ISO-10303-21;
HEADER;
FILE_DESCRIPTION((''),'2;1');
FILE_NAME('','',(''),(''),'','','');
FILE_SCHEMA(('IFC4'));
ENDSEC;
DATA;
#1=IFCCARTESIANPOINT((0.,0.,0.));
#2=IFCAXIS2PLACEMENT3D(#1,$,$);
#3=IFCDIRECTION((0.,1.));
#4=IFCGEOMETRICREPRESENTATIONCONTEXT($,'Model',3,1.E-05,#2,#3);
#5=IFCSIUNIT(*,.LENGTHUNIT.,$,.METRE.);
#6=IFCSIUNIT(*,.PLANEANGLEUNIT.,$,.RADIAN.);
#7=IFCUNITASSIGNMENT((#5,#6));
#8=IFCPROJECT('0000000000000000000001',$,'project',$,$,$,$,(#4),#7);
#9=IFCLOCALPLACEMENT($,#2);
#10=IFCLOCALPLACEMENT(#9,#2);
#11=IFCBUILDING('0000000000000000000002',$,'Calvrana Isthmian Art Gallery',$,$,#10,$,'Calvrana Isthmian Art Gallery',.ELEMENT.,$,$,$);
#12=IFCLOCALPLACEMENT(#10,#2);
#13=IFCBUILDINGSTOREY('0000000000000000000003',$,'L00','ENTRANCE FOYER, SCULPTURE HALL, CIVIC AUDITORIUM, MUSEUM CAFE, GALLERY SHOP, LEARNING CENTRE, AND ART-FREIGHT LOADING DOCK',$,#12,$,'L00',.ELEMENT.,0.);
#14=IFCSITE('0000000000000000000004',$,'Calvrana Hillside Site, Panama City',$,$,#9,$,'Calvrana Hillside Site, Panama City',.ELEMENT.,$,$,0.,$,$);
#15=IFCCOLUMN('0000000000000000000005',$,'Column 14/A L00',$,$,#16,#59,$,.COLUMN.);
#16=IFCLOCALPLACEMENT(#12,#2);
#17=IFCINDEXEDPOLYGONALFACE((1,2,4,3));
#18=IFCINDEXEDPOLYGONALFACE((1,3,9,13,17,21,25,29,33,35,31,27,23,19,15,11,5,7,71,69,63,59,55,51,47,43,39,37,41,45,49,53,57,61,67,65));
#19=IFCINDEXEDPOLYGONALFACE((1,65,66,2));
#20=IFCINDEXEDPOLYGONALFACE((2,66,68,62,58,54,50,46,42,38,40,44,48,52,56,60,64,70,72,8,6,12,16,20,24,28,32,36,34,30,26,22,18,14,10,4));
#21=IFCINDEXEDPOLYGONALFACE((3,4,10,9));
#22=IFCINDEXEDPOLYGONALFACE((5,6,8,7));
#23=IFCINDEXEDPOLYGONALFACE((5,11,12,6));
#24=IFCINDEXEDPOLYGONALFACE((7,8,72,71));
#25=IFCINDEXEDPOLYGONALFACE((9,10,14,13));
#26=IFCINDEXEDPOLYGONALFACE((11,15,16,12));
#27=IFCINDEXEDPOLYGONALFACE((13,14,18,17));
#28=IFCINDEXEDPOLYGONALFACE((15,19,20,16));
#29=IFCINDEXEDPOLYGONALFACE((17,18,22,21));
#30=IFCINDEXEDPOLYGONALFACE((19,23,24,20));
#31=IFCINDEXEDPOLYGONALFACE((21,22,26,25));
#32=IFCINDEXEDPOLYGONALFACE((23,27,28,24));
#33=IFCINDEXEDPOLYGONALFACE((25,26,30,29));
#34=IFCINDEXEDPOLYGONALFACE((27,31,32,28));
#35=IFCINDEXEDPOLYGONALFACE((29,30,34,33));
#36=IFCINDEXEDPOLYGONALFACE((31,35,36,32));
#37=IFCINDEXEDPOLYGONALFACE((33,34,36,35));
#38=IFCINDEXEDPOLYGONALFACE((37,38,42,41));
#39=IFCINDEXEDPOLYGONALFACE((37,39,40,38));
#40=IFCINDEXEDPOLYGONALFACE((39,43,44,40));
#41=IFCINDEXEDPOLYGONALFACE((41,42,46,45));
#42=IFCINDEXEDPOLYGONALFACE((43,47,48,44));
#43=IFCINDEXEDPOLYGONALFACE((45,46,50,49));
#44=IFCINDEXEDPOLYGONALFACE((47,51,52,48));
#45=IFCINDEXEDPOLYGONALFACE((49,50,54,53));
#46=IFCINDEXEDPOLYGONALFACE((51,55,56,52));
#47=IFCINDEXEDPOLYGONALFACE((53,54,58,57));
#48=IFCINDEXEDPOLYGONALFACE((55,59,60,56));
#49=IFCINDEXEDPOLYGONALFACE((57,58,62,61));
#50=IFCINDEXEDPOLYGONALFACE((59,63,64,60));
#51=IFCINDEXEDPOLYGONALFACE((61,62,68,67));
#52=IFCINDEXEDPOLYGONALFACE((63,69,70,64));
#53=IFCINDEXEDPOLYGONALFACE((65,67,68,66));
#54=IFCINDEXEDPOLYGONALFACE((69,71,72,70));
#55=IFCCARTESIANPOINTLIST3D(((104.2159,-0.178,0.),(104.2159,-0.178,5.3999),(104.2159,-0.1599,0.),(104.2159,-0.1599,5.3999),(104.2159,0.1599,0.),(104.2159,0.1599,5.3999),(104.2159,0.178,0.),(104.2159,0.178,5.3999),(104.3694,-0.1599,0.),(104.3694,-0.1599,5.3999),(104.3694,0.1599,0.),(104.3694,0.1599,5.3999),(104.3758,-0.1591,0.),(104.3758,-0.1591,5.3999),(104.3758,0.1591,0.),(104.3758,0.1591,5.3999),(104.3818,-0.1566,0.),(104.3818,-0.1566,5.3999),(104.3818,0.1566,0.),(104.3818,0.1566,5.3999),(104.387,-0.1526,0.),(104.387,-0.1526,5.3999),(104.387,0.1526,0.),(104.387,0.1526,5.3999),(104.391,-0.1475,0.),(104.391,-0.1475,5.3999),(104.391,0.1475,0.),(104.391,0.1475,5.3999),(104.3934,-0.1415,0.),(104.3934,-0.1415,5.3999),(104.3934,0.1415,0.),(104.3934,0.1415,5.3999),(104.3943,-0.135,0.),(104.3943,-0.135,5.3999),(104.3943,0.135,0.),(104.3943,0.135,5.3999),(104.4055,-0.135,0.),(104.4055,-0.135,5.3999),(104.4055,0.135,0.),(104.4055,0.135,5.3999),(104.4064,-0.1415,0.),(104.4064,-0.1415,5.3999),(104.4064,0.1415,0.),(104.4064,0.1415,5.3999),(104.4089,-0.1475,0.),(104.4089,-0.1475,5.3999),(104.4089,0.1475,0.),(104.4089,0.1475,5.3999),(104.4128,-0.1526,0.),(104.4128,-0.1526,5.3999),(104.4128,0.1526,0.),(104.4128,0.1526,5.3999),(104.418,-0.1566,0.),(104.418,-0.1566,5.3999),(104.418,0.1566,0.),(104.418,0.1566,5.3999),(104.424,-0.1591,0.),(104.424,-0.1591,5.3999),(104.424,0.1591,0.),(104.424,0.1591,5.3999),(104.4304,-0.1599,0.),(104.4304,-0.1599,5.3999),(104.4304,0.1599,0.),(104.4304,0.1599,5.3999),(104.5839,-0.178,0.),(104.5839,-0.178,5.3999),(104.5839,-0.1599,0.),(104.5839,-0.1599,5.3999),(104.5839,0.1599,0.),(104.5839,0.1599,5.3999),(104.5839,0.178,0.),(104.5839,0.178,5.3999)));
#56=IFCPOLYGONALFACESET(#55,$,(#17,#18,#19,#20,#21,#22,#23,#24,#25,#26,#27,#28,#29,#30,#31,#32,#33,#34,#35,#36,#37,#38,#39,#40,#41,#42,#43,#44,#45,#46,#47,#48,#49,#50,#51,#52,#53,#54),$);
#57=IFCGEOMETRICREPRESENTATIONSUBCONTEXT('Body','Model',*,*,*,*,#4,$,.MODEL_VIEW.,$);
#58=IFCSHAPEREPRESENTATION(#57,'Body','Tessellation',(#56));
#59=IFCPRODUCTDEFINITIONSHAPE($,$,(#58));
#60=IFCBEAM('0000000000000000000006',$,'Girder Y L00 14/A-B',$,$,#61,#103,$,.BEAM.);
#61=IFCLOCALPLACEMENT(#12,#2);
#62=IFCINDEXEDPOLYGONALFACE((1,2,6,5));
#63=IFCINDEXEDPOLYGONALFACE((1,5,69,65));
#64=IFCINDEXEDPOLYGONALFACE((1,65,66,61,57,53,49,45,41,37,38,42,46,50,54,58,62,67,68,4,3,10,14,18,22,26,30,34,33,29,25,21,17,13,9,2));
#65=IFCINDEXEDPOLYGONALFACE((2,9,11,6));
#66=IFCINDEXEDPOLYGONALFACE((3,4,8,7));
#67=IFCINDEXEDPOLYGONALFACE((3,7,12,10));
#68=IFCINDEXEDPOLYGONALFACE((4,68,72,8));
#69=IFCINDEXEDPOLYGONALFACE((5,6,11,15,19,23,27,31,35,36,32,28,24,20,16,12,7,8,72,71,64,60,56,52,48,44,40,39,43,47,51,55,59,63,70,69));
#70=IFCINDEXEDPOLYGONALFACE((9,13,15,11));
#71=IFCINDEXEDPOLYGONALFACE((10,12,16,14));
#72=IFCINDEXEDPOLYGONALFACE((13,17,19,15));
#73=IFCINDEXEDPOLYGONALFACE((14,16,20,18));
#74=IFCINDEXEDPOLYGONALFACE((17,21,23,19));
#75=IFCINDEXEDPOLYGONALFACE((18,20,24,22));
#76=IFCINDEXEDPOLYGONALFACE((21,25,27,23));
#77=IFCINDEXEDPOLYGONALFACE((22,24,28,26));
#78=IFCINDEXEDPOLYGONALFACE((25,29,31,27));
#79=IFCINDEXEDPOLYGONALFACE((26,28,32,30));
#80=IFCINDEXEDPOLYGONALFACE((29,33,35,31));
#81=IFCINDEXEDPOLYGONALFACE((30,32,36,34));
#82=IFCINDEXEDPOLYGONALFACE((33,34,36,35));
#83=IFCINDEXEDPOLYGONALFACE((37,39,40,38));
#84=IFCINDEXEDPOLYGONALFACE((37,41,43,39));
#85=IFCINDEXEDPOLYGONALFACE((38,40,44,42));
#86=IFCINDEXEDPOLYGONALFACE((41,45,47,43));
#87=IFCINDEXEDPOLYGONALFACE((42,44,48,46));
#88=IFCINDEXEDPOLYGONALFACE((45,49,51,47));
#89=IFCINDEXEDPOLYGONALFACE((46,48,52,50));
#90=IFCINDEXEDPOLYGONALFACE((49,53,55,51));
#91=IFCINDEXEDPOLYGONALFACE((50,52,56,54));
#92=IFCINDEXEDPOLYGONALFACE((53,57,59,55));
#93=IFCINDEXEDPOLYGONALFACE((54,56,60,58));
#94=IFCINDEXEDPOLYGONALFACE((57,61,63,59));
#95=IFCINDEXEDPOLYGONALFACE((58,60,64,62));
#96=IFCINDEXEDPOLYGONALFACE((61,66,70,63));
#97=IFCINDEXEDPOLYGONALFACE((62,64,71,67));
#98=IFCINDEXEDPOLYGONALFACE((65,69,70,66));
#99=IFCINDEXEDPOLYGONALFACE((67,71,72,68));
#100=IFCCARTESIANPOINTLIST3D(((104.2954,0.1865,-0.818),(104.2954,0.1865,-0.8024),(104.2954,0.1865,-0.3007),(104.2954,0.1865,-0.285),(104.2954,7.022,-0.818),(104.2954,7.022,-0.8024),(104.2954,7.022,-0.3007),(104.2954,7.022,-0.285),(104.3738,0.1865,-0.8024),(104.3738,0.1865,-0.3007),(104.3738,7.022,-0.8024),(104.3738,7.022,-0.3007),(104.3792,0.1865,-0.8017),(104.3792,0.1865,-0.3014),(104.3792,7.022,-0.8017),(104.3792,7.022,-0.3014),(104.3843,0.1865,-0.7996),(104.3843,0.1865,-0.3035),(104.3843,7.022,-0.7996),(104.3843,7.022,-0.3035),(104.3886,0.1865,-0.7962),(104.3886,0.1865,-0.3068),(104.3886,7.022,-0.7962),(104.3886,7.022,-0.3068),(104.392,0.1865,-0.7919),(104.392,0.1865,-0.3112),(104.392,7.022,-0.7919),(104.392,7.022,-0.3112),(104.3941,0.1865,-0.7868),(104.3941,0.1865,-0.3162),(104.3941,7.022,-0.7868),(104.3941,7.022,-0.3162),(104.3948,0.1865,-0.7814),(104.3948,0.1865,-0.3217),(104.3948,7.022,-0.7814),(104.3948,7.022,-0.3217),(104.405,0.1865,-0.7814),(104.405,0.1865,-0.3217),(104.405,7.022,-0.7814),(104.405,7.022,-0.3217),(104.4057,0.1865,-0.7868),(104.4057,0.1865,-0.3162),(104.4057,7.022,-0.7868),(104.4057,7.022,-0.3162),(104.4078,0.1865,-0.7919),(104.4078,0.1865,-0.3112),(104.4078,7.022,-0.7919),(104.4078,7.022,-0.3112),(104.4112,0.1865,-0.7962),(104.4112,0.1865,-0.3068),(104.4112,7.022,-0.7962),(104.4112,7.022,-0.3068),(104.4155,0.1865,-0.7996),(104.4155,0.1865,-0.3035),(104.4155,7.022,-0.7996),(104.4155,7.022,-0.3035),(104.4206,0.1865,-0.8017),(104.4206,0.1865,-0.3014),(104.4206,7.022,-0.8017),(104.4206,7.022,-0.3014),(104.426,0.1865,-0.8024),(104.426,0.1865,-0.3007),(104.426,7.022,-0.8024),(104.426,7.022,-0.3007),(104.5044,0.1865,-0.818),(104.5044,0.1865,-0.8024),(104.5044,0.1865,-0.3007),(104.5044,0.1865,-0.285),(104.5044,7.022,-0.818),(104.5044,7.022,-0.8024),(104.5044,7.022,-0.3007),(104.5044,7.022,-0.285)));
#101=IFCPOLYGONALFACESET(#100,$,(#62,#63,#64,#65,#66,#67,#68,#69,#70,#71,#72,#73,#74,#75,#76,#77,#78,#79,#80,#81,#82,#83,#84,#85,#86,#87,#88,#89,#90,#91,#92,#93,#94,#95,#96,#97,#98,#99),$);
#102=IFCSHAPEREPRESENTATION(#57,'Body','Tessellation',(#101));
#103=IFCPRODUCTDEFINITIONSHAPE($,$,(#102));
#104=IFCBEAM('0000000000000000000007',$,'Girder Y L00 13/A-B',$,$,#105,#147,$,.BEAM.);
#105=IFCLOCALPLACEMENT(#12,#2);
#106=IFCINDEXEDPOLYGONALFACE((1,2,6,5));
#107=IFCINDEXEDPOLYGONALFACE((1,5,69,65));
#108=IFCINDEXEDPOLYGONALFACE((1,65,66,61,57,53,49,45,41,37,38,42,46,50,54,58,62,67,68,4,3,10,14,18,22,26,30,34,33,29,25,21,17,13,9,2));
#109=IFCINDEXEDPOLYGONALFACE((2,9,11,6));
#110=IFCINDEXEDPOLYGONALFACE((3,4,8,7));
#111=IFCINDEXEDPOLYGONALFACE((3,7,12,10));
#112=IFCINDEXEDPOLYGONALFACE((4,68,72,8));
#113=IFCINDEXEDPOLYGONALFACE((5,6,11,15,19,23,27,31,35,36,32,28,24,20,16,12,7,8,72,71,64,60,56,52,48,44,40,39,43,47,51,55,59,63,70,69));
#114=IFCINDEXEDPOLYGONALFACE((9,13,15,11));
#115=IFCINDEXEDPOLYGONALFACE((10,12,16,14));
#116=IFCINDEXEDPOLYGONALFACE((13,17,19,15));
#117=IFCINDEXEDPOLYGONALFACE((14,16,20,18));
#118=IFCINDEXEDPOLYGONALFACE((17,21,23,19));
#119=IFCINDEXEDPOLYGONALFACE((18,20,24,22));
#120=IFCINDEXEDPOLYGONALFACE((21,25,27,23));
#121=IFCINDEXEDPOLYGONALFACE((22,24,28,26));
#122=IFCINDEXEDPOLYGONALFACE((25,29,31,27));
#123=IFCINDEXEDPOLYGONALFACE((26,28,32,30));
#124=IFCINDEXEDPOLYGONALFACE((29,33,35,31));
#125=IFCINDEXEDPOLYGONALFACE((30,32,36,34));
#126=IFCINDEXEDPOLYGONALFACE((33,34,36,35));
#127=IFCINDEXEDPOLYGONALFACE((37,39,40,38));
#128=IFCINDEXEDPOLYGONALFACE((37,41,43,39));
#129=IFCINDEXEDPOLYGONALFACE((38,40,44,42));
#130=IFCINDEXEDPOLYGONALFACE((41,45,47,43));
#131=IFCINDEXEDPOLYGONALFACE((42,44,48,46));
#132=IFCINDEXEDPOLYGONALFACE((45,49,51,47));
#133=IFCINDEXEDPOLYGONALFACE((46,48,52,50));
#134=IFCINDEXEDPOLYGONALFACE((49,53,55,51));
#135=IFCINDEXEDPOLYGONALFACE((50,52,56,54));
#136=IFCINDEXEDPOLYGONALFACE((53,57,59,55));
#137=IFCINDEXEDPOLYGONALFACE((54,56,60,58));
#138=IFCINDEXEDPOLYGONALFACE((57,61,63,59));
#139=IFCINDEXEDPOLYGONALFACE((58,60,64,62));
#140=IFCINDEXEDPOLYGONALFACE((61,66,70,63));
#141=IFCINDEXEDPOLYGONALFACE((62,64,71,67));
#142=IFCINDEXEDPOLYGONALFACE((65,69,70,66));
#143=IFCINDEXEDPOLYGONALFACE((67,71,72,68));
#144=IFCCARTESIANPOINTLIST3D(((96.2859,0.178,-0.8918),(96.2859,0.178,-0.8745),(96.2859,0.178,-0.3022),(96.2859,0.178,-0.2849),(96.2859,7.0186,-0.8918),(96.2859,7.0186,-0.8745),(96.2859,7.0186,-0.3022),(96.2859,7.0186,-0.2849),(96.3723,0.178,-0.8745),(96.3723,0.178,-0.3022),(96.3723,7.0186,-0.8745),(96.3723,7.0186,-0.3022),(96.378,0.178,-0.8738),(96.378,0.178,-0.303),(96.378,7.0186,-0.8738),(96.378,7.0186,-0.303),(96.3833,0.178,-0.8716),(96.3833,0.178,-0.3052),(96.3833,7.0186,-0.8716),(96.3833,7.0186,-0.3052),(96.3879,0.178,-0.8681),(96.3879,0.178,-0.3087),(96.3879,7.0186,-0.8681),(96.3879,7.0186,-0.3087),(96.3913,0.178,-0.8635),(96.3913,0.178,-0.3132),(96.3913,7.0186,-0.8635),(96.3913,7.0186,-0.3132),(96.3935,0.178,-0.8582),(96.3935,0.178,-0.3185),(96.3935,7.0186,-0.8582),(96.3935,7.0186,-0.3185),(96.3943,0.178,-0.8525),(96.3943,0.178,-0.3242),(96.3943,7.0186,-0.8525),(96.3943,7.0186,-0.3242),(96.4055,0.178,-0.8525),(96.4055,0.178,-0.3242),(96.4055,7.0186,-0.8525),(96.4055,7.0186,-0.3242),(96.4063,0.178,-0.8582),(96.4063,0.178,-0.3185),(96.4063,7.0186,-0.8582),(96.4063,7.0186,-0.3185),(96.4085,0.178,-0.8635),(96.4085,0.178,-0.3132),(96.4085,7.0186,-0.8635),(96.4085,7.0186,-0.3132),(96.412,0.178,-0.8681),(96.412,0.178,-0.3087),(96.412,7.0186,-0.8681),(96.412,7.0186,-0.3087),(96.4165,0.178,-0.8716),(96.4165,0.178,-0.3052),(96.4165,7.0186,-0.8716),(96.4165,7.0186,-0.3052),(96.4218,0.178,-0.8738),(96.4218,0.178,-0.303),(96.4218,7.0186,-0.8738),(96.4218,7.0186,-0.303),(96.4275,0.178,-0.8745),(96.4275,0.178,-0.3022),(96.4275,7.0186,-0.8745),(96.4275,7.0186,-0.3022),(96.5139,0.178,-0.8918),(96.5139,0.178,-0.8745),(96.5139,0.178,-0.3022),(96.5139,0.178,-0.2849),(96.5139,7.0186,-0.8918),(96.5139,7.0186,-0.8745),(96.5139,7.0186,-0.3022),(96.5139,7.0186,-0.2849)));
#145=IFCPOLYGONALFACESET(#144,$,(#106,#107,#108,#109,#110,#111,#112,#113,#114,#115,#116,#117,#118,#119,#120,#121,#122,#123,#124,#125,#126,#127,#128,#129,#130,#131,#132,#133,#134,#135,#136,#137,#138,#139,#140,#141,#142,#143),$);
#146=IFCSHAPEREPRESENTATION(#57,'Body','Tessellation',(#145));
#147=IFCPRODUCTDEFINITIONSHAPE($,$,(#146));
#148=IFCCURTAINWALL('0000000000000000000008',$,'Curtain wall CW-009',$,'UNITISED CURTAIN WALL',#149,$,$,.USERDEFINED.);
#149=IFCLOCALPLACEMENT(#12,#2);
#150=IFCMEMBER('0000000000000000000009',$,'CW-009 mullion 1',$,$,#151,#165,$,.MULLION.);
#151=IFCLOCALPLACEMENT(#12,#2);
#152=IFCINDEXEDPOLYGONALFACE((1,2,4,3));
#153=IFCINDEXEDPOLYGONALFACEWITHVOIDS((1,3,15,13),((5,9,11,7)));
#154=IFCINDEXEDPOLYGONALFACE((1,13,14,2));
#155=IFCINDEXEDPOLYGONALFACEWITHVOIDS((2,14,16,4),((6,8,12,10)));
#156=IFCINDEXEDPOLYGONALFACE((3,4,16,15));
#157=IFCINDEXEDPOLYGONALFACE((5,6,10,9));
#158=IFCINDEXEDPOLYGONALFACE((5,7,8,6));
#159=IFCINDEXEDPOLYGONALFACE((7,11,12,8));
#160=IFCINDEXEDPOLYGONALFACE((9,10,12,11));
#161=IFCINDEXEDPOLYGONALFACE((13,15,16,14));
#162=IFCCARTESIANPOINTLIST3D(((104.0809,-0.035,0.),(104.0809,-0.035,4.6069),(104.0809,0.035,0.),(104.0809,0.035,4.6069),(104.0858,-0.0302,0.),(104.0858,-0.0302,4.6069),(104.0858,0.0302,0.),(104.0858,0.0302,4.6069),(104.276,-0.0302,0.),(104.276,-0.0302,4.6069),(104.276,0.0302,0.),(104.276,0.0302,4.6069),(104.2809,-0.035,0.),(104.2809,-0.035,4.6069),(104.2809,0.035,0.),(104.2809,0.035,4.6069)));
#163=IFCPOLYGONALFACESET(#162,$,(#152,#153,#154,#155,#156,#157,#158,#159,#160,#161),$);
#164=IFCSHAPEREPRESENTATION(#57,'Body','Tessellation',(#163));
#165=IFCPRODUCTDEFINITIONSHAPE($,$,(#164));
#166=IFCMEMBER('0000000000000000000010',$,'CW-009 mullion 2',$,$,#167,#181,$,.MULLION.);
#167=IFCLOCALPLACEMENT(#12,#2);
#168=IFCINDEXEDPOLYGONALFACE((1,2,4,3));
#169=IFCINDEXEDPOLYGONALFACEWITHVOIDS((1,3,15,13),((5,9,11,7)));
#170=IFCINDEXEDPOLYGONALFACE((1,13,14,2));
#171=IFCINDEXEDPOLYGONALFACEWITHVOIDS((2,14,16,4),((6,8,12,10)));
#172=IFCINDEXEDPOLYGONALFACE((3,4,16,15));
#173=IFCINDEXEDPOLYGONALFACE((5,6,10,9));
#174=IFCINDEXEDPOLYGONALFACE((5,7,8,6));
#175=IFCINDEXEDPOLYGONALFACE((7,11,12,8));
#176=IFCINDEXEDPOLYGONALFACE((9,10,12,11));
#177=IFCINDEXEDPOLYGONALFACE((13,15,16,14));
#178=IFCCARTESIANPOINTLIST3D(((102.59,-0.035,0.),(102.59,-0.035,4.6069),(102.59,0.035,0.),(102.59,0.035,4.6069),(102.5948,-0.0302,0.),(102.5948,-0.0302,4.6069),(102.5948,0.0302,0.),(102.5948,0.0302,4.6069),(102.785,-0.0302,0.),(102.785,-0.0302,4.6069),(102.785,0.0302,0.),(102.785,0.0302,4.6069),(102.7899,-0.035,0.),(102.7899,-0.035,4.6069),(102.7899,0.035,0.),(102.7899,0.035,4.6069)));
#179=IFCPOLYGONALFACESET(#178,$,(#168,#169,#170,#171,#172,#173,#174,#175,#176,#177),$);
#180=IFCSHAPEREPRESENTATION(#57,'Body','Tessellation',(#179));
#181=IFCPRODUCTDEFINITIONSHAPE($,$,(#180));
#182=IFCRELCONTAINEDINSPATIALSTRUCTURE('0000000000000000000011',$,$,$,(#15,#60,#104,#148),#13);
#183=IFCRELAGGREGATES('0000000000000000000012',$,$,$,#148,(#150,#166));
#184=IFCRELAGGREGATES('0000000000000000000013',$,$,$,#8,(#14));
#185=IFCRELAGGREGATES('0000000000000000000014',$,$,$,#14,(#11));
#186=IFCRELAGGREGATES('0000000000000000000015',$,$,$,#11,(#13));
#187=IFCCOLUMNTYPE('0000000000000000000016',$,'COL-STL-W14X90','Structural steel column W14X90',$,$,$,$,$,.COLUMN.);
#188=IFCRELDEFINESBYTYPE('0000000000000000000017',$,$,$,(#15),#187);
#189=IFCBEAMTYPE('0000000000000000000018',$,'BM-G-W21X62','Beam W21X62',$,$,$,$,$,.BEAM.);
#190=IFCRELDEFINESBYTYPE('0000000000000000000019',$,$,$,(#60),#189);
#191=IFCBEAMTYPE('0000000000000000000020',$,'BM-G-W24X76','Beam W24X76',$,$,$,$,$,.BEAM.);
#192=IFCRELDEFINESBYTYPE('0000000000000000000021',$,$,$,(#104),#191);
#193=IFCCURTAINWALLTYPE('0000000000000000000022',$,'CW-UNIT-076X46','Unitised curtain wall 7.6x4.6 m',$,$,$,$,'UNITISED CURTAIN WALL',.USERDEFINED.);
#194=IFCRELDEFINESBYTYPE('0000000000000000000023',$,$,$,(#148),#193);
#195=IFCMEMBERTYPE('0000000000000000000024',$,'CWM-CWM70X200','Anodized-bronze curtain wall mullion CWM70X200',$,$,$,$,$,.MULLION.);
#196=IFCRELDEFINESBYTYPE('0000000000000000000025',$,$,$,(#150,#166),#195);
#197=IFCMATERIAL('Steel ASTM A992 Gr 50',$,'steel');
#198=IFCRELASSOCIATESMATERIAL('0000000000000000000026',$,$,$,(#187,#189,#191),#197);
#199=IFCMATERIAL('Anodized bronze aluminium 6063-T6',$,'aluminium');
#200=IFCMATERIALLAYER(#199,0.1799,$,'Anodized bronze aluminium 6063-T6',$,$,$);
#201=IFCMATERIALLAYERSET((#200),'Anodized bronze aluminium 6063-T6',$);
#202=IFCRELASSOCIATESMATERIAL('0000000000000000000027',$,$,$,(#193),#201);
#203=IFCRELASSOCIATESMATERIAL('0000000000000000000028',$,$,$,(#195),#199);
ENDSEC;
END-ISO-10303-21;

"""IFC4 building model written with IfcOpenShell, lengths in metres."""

from ifc_helpers import new_model, si_unit, direction, frame, origin, origin_2d, place, context, subcontext, project, spatial, hollow_rectangle, i_section, extrude, material, layer, layer_set, material_profile, profile_set, type_object, element, aggregate, save


model = new_model("IFC4")

# Units and contexts
model_context = context("Model", 3, precision=1e-05, world=origin(), true_north=direction((0.0, 1.0)))
body_context = subcontext(model_context, "Body", "Model", "MODEL_VIEW")
ifc_project = project(units=[si_unit("LENGTHUNIT", "METRE"), si_unit("PLANEANGLEUNIT", "RADIAN")], contexts=[model_context])

# Site, building, storey
site_placement = place(None, origin())
site = spatial("IfcSite", under=ifc_project, at=site_placement, Name="Calvrana Hillside Site, Panama City", LongName="Calvrana Hillside Site, Panama City", CompositionType="ELEMENT", RefElevation=0.0)
building_placement = place(site_placement, origin())
building = spatial("IfcBuilding", under=site, at=building_placement, Name="Calvrana Isthmian Art Gallery", LongName="Calvrana Isthmian Art Gallery", CompositionType="ELEMENT")
storey_placement = place(building_placement, origin())
storey = spatial("IfcBuildingStorey", under=building, at=storey_placement, Name="L00", Description="ENTRANCE FOYER, SCULPTURE HALL, CIVIC AUDITORIUM, MUSEUM CAFE, GALLERY SHOP, LEARNING CENTRE, AND ART-FREIGHT LOADING DOCK", LongName="L00", CompositionType="ELEMENT", Elevation=0.0)

# Column
ifc_material_1 = material(Name="Steel ASTM A992 Gr 50", Category="steel")
ifc_material_profile_1 = material_profile(ifc_material_1, i_section(OverallWidth=0.3679, OverallDepth=0.356, WebThickness=0.0112, FlangeThickness=0.0181, FilletRadius=0.0249, at=origin_2d()), Name="W14X90")
ifc_profile_set_1 = profile_set([ifc_material_profile_1], Name="Steel ASTM A992 Gr 50")
column_type = type_object("IfcColumnType", Name="COL-STL-W14X90", Description="Structural steel column W14X90", PredefinedType="COLUMN", material=ifc_profile_set_1)
column_placement = place(storey_placement, frame((104.3999, 0.0, 0.0), z_axis=(0.0, 0.0, 1.0), x_axis=(1.0, 0.0, 0.0)))
element("IfcColumn", 1, at=column_placement, inside=storey, type_object=column_type, Name="Column 14/A L00", PredefinedType="COLUMN", context=body_context, shape_type="SweptSolid", body=[
    extrude(i_section(OverallWidth=0.3679, OverallDepth=0.356, WebThickness=0.0112, FlangeThickness=0.0181, FilletRadius=0.0249, at=origin_2d()), origin(), (0.0, 0.0, 1.0), 5.3999),
])

# Beams
ifc_material_profile_2 = material_profile(ifc_material_1, i_section(OverallWidth=0.209, OverallDepth=0.533, WebThickness=0.0103, FlangeThickness=0.0156, FilletRadius=0.021, at=origin_2d()), Name="W21X62")
ifc_profile_set_2 = profile_set([ifc_material_profile_2], Name="Steel ASTM A992 Gr 50")
beam_type_1 = type_object("IfcBeamType", Name="BM-G-W21X62", Description="Beam W21X62", PredefinedType="BEAM", material=ifc_profile_set_2)
beam_1_placement = place(storey_placement, frame((104.3999, 0.1865, -0.5515), z_axis=(0.0, 1.0, 0.0), x_axis=(-1.0, 0.0, 0.0)))
element("IfcBeam", 2, at=beam_1_placement, inside=storey, type_object=beam_type_1, Name="Girder Y L00 14/A-B", PredefinedType="BEAM", context=body_context, shape_type="SweptSolid", body=[
    extrude(i_section(OverallWidth=0.209, OverallDepth=0.533, WebThickness=0.0103, FlangeThickness=0.0156, FilletRadius=0.021, at=origin_2d()), origin(), (0.0, 0.0, 1.0), 6.8354),
])
ifc_material_profile_3 = material_profile(ifc_material_1, i_section(OverallWidth=0.228, OverallDepth=0.6069, WebThickness=0.0112, FlangeThickness=0.0173, FilletRadius=0.022, at=origin_2d()), Name="W24X76")
ifc_profile_set_3 = profile_set([ifc_material_profile_3], Name="Steel ASTM A992 Gr 50")
beam_type_2 = type_object("IfcBeamType", Name="BM-G-W24X76", Description="Beam W24X76", PredefinedType="BEAM", material=ifc_profile_set_3)
beam_2_placement = place(storey_placement, frame((96.3999, 0.178, -0.5884), z_axis=(0.0, 1.0, 0.0), x_axis=(-1.0, 0.0, 0.0)))
element("IfcBeam", 3, at=beam_2_placement, inside=storey, type_object=beam_type_2, Name="Girder Y L00 13/A-B", PredefinedType="BEAM", context=body_context, shape_type="SweptSolid", body=[
    extrude(i_section(OverallWidth=0.228, OverallDepth=0.6069, WebThickness=0.0112, FlangeThickness=0.0173, FilletRadius=0.022, at=origin_2d()), origin(), (0.0, 0.0, 1.0), 6.8406),
])

# Curtain wall, members
ifc_material_2 = material(Name="Anodized bronze aluminium 6063-T6", Category="aluminium")
ifc_layer_1 = layer(ifc_material_2, 0.1799, Name="Anodized bronze aluminium 6063-T6")
ifc_layer_set_1 = layer_set([ifc_layer_1], Name="Anodized bronze aluminium 6063-T6")
curtain_wall_type = type_object("IfcCurtainWallType", Name="CW-UNIT-076X46", Description="Unitised curtain wall 7.6x4.6 m", ElementType="UNITISED CURTAIN WALL", PredefinedType="USERDEFINED", material=ifc_layer_set_1)
curtain_wall_placement = place(storey_placement, origin())
curtain_wall = element("IfcCurtainWall", 4, at=curtain_wall_placement, inside=storey, type_object=curtain_wall_type, Name="Curtain wall CW-009", ObjectType="UNITISED CURTAIN WALL", PredefinedType="USERDEFINED")
ifc_material_profile_4 = material_profile(ifc_material_2, hollow_rectangle(XDim=0.0701, YDim=0.2, WallThickness=0.0049, at=origin_2d()), Name="CWM70X200")
ifc_profile_set_4 = profile_set([ifc_material_profile_4], Name="Anodized bronze aluminium 6063-T6")
member_type_1 = type_object("IfcMemberType", Name="CWM-CWM70X200", Description="Anodized-bronze curtain wall mullion CWM70X200", PredefinedType="MULLION", material=ifc_profile_set_4)
member_1_placement = place(storey_placement, frame((104.1809, 0.0, 0.0), z_axis=(0.0, 0.0, 1.0), x_axis=(0.0, -1.0, 0.0)))
member_1 = element("IfcMember", 5, at=member_1_placement, type_object=member_type_1, Name="CW-009 mullion 1", PredefinedType="MULLION", context=body_context, shape_type="SweptSolid", body=[
    extrude(hollow_rectangle(XDim=0.0701, YDim=0.2, WallThickness=0.0049, at=origin_2d()), origin(), (0.0, 0.0, 1.0), 4.6069),
])
member_2_placement = place(storey_placement, frame((102.6899, 0.0, 0.0), z_axis=(0.0, 0.0, 1.0), x_axis=(0.0, -1.0, 0.0)))
member_2 = element("IfcMember", 6, at=member_2_placement, type_object=member_type_1, Name="CW-009 mullion 2", PredefinedType="MULLION", context=body_context, shape_type="SweptSolid", body=[
    extrude(hollow_rectangle(XDim=0.0701, YDim=0.2, WallThickness=0.0049, at=origin_2d()), origin(), (0.0, 0.0, 1.0), 4.6069),
])
aggregate(curtain_wall, [member_1, member_2])

save(model, "model.ifc")
